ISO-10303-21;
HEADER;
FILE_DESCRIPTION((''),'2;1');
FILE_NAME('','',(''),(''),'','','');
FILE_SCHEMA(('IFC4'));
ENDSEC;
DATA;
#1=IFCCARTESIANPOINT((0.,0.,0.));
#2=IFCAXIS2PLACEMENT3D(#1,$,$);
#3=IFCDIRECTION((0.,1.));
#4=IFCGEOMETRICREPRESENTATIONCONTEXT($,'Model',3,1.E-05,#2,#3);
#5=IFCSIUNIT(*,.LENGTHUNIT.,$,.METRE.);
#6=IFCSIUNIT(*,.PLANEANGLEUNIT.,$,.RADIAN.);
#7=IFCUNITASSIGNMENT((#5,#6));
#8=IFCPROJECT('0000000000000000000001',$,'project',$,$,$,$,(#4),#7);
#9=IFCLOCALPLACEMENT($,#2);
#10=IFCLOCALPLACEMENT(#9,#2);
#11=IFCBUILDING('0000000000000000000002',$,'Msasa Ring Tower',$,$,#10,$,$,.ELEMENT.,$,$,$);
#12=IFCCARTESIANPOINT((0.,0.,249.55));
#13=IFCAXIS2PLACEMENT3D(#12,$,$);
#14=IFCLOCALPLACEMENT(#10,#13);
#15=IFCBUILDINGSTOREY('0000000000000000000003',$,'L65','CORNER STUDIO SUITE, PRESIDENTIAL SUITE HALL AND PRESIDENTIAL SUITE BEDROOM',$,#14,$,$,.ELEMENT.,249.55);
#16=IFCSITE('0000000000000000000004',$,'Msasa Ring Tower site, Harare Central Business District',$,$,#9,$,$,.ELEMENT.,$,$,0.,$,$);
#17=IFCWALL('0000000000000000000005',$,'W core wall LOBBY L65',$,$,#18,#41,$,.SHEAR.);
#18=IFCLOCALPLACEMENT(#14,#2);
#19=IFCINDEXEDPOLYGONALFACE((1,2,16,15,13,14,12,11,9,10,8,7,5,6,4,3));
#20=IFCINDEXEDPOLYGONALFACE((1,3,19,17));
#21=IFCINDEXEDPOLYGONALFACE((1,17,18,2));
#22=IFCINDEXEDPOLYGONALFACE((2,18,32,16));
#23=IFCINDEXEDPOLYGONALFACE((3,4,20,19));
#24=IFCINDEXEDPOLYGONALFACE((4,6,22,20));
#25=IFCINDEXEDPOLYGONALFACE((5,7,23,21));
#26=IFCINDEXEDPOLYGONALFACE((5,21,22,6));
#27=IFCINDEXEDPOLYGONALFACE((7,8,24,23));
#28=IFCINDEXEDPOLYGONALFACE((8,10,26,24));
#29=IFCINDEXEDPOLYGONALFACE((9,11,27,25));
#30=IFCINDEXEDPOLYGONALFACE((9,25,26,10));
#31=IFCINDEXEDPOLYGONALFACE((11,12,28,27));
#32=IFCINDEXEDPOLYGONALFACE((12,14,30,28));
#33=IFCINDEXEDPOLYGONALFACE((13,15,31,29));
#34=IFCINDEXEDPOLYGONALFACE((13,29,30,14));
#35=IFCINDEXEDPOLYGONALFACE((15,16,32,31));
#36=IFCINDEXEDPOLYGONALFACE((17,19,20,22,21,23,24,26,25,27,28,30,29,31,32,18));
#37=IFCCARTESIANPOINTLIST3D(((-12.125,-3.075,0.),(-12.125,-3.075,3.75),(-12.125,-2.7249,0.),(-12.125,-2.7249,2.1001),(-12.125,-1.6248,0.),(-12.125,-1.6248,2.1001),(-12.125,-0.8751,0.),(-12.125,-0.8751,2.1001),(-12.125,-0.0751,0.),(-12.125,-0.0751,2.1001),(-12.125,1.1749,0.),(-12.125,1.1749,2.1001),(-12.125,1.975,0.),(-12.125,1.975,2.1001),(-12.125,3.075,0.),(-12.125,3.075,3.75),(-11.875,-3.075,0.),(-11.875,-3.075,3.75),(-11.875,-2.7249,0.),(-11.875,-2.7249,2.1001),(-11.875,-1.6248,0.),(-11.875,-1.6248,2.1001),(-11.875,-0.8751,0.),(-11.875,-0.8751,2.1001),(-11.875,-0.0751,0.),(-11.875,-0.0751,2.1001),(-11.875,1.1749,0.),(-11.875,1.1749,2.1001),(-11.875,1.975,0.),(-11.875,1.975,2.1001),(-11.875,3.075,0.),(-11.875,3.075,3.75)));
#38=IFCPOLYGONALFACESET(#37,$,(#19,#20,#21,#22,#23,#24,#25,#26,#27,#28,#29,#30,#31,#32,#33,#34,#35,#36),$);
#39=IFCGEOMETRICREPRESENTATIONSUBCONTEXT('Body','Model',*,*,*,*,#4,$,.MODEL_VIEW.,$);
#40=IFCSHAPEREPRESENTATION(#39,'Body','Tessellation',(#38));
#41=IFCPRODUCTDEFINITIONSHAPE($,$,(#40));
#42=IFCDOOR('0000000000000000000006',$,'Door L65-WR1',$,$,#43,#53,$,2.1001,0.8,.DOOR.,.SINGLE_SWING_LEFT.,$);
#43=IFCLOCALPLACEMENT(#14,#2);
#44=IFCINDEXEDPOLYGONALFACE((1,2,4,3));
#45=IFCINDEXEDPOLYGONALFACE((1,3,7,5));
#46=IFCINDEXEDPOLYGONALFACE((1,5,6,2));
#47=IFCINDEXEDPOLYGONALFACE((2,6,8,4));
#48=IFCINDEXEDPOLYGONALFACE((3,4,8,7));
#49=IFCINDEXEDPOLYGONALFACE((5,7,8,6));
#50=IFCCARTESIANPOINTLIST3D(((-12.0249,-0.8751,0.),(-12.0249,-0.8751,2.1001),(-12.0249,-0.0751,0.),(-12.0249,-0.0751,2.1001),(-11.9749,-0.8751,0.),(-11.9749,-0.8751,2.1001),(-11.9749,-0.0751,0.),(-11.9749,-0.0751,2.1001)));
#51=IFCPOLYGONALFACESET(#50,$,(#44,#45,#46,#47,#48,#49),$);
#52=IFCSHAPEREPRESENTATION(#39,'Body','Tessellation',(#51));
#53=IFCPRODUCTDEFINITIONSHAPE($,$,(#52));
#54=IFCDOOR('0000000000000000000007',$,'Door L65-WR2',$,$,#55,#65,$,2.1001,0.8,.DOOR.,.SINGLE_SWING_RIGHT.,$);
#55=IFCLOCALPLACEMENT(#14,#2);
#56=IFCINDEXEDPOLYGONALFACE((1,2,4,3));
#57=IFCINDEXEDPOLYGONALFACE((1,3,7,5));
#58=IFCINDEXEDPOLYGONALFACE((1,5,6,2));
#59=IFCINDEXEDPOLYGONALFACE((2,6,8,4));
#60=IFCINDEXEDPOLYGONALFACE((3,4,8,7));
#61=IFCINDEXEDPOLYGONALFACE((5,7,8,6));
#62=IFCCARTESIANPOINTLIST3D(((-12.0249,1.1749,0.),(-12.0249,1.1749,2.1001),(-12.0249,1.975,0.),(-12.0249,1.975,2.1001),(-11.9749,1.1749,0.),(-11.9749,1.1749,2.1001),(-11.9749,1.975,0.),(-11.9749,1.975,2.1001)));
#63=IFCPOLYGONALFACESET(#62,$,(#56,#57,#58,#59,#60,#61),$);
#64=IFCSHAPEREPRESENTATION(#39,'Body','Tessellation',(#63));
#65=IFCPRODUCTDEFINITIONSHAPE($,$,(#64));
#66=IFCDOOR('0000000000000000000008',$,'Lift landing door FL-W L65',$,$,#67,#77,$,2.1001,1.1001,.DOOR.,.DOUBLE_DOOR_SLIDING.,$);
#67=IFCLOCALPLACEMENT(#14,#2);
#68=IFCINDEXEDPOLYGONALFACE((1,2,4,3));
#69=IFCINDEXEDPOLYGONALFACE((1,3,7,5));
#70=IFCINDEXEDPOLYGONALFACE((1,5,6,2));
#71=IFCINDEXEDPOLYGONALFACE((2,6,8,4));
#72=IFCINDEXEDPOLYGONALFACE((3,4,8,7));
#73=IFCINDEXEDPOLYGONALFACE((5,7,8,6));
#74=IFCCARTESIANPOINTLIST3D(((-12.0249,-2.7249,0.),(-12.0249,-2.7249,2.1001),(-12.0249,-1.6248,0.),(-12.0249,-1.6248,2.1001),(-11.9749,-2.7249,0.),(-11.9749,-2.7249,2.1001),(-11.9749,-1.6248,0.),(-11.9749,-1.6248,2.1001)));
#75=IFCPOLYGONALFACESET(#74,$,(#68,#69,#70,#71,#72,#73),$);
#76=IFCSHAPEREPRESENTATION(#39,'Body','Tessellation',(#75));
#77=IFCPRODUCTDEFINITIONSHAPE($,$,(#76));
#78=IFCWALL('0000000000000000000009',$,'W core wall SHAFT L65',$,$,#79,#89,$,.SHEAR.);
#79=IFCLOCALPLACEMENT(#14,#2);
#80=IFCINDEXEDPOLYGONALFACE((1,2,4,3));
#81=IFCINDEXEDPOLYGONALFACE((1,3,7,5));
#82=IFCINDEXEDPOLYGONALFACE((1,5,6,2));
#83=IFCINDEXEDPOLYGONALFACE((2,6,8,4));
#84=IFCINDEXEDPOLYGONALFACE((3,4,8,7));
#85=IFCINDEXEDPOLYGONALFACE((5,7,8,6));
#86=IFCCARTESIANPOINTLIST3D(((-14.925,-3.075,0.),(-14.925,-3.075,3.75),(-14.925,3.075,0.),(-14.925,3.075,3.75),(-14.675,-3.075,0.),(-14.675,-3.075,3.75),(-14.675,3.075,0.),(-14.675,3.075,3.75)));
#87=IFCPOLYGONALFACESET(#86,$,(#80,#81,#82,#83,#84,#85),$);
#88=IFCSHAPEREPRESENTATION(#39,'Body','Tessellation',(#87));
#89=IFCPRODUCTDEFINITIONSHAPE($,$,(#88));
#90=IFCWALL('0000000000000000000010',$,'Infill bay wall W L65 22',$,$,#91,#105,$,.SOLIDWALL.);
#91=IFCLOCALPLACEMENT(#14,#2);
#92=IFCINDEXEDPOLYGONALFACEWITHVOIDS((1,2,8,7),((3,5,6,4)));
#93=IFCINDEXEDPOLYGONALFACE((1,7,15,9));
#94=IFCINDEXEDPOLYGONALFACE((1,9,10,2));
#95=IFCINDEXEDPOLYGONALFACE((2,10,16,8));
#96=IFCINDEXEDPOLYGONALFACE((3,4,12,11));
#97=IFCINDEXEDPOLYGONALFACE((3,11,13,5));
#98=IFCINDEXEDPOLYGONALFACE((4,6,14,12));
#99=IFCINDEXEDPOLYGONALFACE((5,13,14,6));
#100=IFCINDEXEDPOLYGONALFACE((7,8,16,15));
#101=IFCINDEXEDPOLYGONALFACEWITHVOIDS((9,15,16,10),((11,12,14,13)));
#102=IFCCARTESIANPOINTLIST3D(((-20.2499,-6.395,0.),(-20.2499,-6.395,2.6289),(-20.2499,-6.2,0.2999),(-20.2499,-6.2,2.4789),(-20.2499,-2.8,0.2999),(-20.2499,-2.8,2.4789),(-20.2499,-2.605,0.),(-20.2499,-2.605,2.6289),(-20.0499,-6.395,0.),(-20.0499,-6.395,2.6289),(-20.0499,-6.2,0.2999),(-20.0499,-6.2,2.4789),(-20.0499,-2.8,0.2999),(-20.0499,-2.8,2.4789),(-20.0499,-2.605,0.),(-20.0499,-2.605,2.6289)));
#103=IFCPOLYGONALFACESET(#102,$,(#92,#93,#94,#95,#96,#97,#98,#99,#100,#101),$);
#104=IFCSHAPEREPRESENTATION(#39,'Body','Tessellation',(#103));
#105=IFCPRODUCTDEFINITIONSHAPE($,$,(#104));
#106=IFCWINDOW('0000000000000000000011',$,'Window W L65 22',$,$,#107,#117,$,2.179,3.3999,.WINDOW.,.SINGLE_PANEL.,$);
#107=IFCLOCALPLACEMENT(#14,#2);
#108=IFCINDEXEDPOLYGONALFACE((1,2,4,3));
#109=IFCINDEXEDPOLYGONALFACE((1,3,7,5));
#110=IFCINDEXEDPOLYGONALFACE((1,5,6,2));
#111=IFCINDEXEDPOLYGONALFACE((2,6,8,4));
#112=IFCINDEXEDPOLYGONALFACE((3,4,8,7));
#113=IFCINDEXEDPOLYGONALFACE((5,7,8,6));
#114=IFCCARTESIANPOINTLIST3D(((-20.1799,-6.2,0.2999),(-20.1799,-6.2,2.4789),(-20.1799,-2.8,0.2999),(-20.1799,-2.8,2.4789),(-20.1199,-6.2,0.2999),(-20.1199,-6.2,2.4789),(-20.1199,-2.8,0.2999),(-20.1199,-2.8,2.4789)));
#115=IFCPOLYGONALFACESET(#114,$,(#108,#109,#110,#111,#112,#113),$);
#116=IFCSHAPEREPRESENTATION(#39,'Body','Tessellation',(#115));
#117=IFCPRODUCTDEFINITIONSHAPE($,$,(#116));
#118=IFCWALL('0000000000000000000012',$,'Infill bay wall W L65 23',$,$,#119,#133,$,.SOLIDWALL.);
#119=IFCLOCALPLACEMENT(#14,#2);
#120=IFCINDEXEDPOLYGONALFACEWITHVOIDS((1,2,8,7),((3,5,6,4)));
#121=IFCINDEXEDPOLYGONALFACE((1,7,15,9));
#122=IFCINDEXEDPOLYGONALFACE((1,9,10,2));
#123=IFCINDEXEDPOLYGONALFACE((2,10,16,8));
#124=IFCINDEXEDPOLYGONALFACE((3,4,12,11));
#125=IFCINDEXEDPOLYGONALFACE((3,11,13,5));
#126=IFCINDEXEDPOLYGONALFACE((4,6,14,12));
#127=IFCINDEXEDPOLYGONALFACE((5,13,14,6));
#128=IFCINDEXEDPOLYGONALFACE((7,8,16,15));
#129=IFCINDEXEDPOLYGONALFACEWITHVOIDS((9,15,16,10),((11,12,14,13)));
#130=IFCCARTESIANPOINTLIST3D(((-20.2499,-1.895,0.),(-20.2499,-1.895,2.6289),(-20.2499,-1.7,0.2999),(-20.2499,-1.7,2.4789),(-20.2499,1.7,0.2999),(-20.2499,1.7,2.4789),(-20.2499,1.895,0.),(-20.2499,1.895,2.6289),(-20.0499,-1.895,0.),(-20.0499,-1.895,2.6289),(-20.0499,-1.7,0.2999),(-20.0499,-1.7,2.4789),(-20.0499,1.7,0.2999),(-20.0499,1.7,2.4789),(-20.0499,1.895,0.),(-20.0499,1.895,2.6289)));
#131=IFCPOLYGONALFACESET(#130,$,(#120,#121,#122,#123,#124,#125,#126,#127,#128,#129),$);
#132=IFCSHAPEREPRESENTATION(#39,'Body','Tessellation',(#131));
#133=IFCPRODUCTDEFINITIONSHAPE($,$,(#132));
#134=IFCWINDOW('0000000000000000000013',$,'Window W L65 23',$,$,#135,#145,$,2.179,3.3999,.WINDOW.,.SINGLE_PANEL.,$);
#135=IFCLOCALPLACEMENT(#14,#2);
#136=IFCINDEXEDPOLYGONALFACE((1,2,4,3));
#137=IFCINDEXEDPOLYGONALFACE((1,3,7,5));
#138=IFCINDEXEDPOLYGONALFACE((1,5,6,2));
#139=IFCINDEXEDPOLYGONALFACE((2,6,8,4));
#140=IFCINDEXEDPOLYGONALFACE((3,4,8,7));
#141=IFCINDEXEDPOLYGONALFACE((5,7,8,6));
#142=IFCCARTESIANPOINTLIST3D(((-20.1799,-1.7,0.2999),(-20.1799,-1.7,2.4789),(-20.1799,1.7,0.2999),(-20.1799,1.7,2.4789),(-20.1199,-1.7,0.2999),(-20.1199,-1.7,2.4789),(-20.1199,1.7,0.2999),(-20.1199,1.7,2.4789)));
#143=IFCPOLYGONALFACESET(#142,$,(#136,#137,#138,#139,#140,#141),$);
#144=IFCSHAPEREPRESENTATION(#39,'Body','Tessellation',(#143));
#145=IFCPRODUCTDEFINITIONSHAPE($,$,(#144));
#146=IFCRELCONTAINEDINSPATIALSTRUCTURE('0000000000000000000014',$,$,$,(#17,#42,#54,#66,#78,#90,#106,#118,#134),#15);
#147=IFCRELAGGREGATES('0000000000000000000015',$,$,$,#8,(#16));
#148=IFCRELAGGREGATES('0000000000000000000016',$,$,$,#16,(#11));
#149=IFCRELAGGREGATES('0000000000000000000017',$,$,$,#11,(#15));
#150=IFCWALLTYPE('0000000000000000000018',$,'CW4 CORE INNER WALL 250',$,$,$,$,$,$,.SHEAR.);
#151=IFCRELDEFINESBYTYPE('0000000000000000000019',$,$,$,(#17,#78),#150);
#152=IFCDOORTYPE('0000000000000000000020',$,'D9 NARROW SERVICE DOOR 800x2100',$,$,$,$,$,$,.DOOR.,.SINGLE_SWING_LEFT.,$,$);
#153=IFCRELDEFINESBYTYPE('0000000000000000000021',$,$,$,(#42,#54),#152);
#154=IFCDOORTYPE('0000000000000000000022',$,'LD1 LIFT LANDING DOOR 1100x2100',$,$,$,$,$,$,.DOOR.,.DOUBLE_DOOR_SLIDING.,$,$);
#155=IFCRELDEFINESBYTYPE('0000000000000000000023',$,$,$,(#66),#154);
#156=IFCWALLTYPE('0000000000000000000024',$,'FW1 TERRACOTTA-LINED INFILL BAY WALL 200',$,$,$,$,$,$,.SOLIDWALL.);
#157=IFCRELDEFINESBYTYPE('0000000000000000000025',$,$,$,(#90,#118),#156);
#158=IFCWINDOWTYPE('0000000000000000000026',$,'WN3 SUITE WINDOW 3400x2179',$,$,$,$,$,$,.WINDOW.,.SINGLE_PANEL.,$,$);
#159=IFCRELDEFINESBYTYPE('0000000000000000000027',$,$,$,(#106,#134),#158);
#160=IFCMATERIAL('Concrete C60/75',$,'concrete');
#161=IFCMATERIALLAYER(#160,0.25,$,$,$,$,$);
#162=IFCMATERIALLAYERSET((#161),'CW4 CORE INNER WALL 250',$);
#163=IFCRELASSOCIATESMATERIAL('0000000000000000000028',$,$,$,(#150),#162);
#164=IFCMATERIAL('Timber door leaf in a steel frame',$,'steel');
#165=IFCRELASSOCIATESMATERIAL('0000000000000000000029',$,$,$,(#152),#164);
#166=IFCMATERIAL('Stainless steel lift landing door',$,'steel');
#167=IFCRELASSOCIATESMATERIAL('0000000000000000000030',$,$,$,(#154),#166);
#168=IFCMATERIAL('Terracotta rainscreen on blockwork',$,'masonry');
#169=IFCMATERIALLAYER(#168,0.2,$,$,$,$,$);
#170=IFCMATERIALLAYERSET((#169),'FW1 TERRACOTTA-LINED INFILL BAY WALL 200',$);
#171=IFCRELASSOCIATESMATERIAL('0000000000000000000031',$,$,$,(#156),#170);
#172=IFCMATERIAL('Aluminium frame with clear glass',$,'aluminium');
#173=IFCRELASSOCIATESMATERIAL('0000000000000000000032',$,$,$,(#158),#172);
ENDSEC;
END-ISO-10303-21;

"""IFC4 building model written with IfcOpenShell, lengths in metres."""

from ifc_helpers import new_model, si_unit, direction, frame, frame_2d, origin, place, context, subcontext, project, spatial, rectangle, extrude, material, layer, layer_set, type_object, element, fill, save


model = new_model("IFC4")

# Units and contexts
model_context = context("Model", 3, precision=1e-05, world=origin(), true_north=direction((0.0, 1.0)))
body_context = subcontext(model_context, "Body", "Model", "MODEL_VIEW")
ifc_project = project(units=[si_unit("LENGTHUNIT", "METRE"), si_unit("PLANEANGLEUNIT", "RADIAN")], contexts=[model_context])

# Site, building, storey
site_placement = place(None, origin())
site = spatial("IfcSite", under=ifc_project, at=site_placement, Name="Msasa Ring Tower site, Harare Central Business District", CompositionType="ELEMENT", RefElevation=0.0)
building_placement = place(site_placement, origin())
building = spatial("IfcBuilding", under=site, at=building_placement, Name="Msasa Ring Tower", CompositionType="ELEMENT")
storey_placement = place(building_placement, frame((0.0, 0.0, 249.55)))
storey = spatial("IfcBuildingStorey", under=building, at=storey_placement, Name="L65", Description="CORNER STUDIO SUITE, PRESIDENTIAL SUITE HALL AND PRESIDENTIAL SUITE BEDROOM", CompositionType="ELEMENT", Elevation=249.55)

# Shared definitions
ifc_material_1 = material(Name="Concrete C60/75", Category="concrete")
ifc_layer_1 = layer(ifc_material_1, 0.25)
ifc_layer_set_1 = layer_set([ifc_layer_1], Name="CW4 CORE INNER WALL 250")
wall_type_1 = type_object("IfcWallType", Name="CW4 CORE INNER WALL 250", PredefinedType="SHEAR", material=ifc_layer_set_1)

# Wall, openings, doors
wall_1_placement = place(storey_placement, frame((-12.0, -3.075, 0.0), z_axis=(0.0, 0.0, 1.0), x_axis=(0.0, 1.0, 0.0)))
wall_1 = element("IfcWall", 1, at=wall_1_placement, inside=storey, type_object=wall_type_1, Name="W core wall LOBBY L65", PredefinedType="SHEAR", context=body_context, shape_type="SweptSolid", body=[
    extrude(rectangle(XDim=6.1499, YDim=0.25, at=frame_2d((3.075, 0.0))), origin(), (0.0, 0.0, 1.0), 3.75),
])
opening_1_placement = place(wall_1_placement, frame((2.2, 0.0, 0.0)))
opening_1 = element("IfcOpeningElement", 2, at=opening_1_placement, cuts=wall_1, PredefinedType="OPENING", context=body_context, shape_type="SweptSolid", body=[
    extrude(rectangle(XDim=0.8, YDim=2.1001, at=frame_2d((0.3999, 1.05))), frame((0.0, 0.135, 0.0), z_axis=(0.0, -1.0, 0.0), x_axis=(1.0, 0.0, 0.0)), (0.0, 0.0, 1.0), 0.27),
])
opening_2_placement = place(wall_1_placement, frame((4.25, 0.0, 0.0)))
opening_2 = element("IfcOpeningElement", 3, at=opening_2_placement, cuts=wall_1, PredefinedType="OPENING", context=body_context, shape_type="SweptSolid", body=[
    extrude(rectangle(XDim=0.8, YDim=2.1001, at=frame_2d((0.3999, 1.05))), frame((0.0, 0.135, 0.0), z_axis=(0.0, -1.0, 0.0), x_axis=(1.0, 0.0, 0.0)), (0.0, 0.0, 1.0), 0.27),
])
opening_3_placement = place(wall_1_placement, frame((0.3501, 0.0, 0.0)))
opening_3 = element("IfcOpeningElement", 4, at=opening_3_placement, cuts=wall_1, PredefinedType="OPENING", context=body_context, shape_type="SweptSolid", body=[
    extrude(rectangle(XDim=1.1001, YDim=2.1001, at=frame_2d((0.55, 1.05))), frame((0.0, 0.135, 0.0), z_axis=(0.0, -1.0, 0.0), x_axis=(1.0, 0.0, 0.0)), (0.0, 0.0, 1.0), 0.27),
])
ifc_material_2 = material(Name="Timber door leaf in a steel frame", Category="steel")
door_type_1 = type_object("IfcDoorType", Name="D9 NARROW SERVICE DOOR 800x2100", OperationType="SINGLE_SWING_LEFT", PredefinedType="DOOR", material=ifc_material_2)
door_1_placement = place(opening_1_placement, origin())
door_1 = element("IfcDoor", 5, at=door_1_placement, inside=storey, type_object=door_type_1, Name="Door L65-WR1", OperationType="SINGLE_SWING_LEFT", OverallHeight=2.1001, OverallWidth=0.8, PredefinedType="DOOR", context=body_context, shape_type="SweptSolid", body=[
    extrude(rectangle(XDim=0.8, YDim=2.1001, at=frame_2d((0.3999, 1.05))), frame((0.0, 0.0249, 0.0), z_axis=(0.0, -1.0, 0.0), x_axis=(1.0, 0.0, 0.0)), (0.0, 0.0, 1.0), 0.05),
])
fill(opening_1, door_1)
door_2_placement = place(opening_2_placement, origin())
door_2 = element("IfcDoor", 6, at=door_2_placement, inside=storey, type_object=door_type_1, Name="Door L65-WR2", OperationType="SINGLE_SWING_RIGHT", OverallHeight=2.1001, OverallWidth=0.8, PredefinedType="DOOR", context=body_context, shape_type="SweptSolid", body=[
    extrude(rectangle(XDim=0.8, YDim=2.1001, at=frame_2d((0.3999, 1.05))), frame((0.0, 0.0249, 0.0), z_axis=(0.0, -1.0, 0.0), x_axis=(1.0, 0.0, 0.0)), (0.0, 0.0, 1.0), 0.05),
])
fill(opening_2, door_2)
ifc_material_3 = material(Name="Stainless steel lift landing door", Category="steel")
door_type_2 = type_object("IfcDoorType", Name="LD1 LIFT LANDING DOOR 1100x2100", OperationType="DOUBLE_DOOR_SLIDING", PredefinedType="DOOR", material=ifc_material_3)
door_3_placement = place(opening_3_placement, origin())
door_3 = element("IfcDoor", 7, at=door_3_placement, inside=storey, type_object=door_type_2, Name="Lift landing door FL-W L65", OperationType="DOUBLE_DOOR_SLIDING", OverallHeight=2.1001, OverallWidth=1.1001, PredefinedType="DOOR", context=body_context, shape_type="SweptSolid", body=[
    extrude(rectangle(XDim=1.1001, YDim=2.1001, at=frame_2d((0.55, 1.05))), frame((0.0, 0.0249, 0.0), z_axis=(0.0, -1.0, 0.0), x_axis=(1.0, 0.0, 0.0)), (0.0, 0.0, 1.0), 0.05),
])
fill(opening_3, door_3)

# Wall
wall_2_placement = place(storey_placement, frame((-14.8, -3.075, 0.0), z_axis=(0.0, 0.0, 1.0), x_axis=(0.0, 1.0, 0.0)))
element("IfcWall", 8, at=wall_2_placement, inside=storey, type_object=wall_type_1, Name="W core wall SHAFT L65", PredefinedType="SHEAR", context=body_context, shape_type="SweptSolid", body=[
    extrude(rectangle(XDim=6.1499, YDim=0.25, at=frame_2d((3.075, 0.0))), origin(), (0.0, 0.0, 1.0), 3.75),
])

# Walls, openings, windows
ifc_material_4 = material(Name="Terracotta rainscreen on blockwork", Category="masonry")
ifc_layer_2 = layer(ifc_material_4, 0.2)
ifc_layer_set_2 = layer_set([ifc_layer_2], Name="FW1 TERRACOTTA-LINED INFILL BAY WALL 200")
wall_type_2 = type_object("IfcWallType", Name="FW1 TERRACOTTA-LINED INFILL BAY WALL 200", PredefinedType="SOLIDWALL", material=ifc_layer_set_2)
wall_3_placement = place(storey_placement, frame((-20.1499, -6.395, 0.0), z_axis=(0.0, 0.0, 1.0), x_axis=(0.0, 1.0, 0.0)))
wall_3 = element("IfcWall", 9, at=wall_3_placement, inside=storey, type_object=wall_type_2, Name="Infill bay wall W L65 22", PredefinedType="SOLIDWALL", context=body_context, shape_type="SweptSolid", body=[
    extrude(rectangle(XDim=3.79, YDim=0.2, at=frame_2d((1.895, 0.0))), origin(), (0.0, 0.0, 1.0), 2.6289),
])
opening_4_placement = place(wall_3_placement, frame((0.1951, 0.0, 0.3)))
opening_4 = element("IfcOpeningElement", 10, at=opening_4_placement, cuts=wall_3, PredefinedType="OPENING", context=body_context, shape_type="SweptSolid", body=[
    extrude(rectangle(XDim=3.3999, YDim=2.179, at=frame_2d((1.7, 1.0894))), frame((0.0, 0.1099, 0.0), z_axis=(0.0, -1.0, 0.0), x_axis=(1.0, 0.0, 0.0)), (0.0, 0.0, 1.0), 0.22),
])
ifc_material_5 = material(Name="Aluminium frame with clear glass", Category="aluminium")
window_type = type_object("IfcWindowType", Name="WN3 SUITE WINDOW 3400x2179", PartitioningType="SINGLE_PANEL", PredefinedType="WINDOW", material=ifc_material_5)
window_1_placement = place(opening_4_placement, origin())
window_1 = element("IfcWindow", 11, at=window_1_placement, inside=storey, type_object=window_type, Name="Window W L65 22", OverallHeight=2.179, OverallWidth=3.3999, PartitioningType="SINGLE_PANEL", PredefinedType="WINDOW", context=body_context, shape_type="SweptSolid", body=[
    extrude(rectangle(XDim=3.3999, YDim=2.179, at=frame_2d((1.7, 1.0894))), frame((0.0, 0.03, 0.0), z_axis=(0.0, -1.0, 0.0), x_axis=(1.0, 0.0, 0.0)), (0.0, 0.0, 1.0), 0.0601),
])
fill(opening_4, window_1)
wall_4_placement = place(storey_placement, frame((-20.1499, -1.895, 0.0), z_axis=(0.0, 0.0, 1.0), x_axis=(0.0, 1.0, 0.0)))
wall_4 = element("IfcWall", 12, at=wall_4_placement, inside=storey, type_object=wall_type_2, Name="Infill bay wall W L65 23", PredefinedType="SOLIDWALL", context=body_context, shape_type="SweptSolid", body=[
    extrude(rectangle(XDim=3.79, YDim=0.2, at=frame_2d((1.895, 0.0))), origin(), (0.0, 0.0, 1.0), 2.6289),
])
opening_5_placement = place(wall_4_placement, frame((0.1951, 0.0, 0.3)))
opening_5 = element("IfcOpeningElement", 13, at=opening_5_placement, cuts=wall_4, PredefinedType="OPENING", context=body_context, shape_type="SweptSolid", body=[
    extrude(rectangle(XDim=3.3999, YDim=2.179, at=frame_2d((1.7, 1.0894))), frame((0.0, 0.1099, 0.0), z_axis=(0.0, -1.0, 0.0), x_axis=(1.0, 0.0, 0.0)), (0.0, 0.0, 1.0), 0.22),
])
window_2_placement = place(opening_5_placement, origin())
window_2 = element("IfcWindow", 14, at=window_2_placement, inside=storey, type_object=window_type, Name="Window W L65 23", OverallHeight=2.179, OverallWidth=3.3999, PartitioningType="SINGLE_PANEL", PredefinedType="WINDOW", context=body_context, shape_type="SweptSolid", body=[
    extrude(rectangle(XDim=3.3999, YDim=2.179, at=frame_2d((1.7, 1.0894))), frame((0.0, 0.03, 0.0), z_axis=(0.0, -1.0, 0.0), x_axis=(1.0, 0.0, 0.0)), (0.0, 0.0, 1.0), 0.0601),
])
fill(opening_5, window_2)

save(model, "model.ifc")
